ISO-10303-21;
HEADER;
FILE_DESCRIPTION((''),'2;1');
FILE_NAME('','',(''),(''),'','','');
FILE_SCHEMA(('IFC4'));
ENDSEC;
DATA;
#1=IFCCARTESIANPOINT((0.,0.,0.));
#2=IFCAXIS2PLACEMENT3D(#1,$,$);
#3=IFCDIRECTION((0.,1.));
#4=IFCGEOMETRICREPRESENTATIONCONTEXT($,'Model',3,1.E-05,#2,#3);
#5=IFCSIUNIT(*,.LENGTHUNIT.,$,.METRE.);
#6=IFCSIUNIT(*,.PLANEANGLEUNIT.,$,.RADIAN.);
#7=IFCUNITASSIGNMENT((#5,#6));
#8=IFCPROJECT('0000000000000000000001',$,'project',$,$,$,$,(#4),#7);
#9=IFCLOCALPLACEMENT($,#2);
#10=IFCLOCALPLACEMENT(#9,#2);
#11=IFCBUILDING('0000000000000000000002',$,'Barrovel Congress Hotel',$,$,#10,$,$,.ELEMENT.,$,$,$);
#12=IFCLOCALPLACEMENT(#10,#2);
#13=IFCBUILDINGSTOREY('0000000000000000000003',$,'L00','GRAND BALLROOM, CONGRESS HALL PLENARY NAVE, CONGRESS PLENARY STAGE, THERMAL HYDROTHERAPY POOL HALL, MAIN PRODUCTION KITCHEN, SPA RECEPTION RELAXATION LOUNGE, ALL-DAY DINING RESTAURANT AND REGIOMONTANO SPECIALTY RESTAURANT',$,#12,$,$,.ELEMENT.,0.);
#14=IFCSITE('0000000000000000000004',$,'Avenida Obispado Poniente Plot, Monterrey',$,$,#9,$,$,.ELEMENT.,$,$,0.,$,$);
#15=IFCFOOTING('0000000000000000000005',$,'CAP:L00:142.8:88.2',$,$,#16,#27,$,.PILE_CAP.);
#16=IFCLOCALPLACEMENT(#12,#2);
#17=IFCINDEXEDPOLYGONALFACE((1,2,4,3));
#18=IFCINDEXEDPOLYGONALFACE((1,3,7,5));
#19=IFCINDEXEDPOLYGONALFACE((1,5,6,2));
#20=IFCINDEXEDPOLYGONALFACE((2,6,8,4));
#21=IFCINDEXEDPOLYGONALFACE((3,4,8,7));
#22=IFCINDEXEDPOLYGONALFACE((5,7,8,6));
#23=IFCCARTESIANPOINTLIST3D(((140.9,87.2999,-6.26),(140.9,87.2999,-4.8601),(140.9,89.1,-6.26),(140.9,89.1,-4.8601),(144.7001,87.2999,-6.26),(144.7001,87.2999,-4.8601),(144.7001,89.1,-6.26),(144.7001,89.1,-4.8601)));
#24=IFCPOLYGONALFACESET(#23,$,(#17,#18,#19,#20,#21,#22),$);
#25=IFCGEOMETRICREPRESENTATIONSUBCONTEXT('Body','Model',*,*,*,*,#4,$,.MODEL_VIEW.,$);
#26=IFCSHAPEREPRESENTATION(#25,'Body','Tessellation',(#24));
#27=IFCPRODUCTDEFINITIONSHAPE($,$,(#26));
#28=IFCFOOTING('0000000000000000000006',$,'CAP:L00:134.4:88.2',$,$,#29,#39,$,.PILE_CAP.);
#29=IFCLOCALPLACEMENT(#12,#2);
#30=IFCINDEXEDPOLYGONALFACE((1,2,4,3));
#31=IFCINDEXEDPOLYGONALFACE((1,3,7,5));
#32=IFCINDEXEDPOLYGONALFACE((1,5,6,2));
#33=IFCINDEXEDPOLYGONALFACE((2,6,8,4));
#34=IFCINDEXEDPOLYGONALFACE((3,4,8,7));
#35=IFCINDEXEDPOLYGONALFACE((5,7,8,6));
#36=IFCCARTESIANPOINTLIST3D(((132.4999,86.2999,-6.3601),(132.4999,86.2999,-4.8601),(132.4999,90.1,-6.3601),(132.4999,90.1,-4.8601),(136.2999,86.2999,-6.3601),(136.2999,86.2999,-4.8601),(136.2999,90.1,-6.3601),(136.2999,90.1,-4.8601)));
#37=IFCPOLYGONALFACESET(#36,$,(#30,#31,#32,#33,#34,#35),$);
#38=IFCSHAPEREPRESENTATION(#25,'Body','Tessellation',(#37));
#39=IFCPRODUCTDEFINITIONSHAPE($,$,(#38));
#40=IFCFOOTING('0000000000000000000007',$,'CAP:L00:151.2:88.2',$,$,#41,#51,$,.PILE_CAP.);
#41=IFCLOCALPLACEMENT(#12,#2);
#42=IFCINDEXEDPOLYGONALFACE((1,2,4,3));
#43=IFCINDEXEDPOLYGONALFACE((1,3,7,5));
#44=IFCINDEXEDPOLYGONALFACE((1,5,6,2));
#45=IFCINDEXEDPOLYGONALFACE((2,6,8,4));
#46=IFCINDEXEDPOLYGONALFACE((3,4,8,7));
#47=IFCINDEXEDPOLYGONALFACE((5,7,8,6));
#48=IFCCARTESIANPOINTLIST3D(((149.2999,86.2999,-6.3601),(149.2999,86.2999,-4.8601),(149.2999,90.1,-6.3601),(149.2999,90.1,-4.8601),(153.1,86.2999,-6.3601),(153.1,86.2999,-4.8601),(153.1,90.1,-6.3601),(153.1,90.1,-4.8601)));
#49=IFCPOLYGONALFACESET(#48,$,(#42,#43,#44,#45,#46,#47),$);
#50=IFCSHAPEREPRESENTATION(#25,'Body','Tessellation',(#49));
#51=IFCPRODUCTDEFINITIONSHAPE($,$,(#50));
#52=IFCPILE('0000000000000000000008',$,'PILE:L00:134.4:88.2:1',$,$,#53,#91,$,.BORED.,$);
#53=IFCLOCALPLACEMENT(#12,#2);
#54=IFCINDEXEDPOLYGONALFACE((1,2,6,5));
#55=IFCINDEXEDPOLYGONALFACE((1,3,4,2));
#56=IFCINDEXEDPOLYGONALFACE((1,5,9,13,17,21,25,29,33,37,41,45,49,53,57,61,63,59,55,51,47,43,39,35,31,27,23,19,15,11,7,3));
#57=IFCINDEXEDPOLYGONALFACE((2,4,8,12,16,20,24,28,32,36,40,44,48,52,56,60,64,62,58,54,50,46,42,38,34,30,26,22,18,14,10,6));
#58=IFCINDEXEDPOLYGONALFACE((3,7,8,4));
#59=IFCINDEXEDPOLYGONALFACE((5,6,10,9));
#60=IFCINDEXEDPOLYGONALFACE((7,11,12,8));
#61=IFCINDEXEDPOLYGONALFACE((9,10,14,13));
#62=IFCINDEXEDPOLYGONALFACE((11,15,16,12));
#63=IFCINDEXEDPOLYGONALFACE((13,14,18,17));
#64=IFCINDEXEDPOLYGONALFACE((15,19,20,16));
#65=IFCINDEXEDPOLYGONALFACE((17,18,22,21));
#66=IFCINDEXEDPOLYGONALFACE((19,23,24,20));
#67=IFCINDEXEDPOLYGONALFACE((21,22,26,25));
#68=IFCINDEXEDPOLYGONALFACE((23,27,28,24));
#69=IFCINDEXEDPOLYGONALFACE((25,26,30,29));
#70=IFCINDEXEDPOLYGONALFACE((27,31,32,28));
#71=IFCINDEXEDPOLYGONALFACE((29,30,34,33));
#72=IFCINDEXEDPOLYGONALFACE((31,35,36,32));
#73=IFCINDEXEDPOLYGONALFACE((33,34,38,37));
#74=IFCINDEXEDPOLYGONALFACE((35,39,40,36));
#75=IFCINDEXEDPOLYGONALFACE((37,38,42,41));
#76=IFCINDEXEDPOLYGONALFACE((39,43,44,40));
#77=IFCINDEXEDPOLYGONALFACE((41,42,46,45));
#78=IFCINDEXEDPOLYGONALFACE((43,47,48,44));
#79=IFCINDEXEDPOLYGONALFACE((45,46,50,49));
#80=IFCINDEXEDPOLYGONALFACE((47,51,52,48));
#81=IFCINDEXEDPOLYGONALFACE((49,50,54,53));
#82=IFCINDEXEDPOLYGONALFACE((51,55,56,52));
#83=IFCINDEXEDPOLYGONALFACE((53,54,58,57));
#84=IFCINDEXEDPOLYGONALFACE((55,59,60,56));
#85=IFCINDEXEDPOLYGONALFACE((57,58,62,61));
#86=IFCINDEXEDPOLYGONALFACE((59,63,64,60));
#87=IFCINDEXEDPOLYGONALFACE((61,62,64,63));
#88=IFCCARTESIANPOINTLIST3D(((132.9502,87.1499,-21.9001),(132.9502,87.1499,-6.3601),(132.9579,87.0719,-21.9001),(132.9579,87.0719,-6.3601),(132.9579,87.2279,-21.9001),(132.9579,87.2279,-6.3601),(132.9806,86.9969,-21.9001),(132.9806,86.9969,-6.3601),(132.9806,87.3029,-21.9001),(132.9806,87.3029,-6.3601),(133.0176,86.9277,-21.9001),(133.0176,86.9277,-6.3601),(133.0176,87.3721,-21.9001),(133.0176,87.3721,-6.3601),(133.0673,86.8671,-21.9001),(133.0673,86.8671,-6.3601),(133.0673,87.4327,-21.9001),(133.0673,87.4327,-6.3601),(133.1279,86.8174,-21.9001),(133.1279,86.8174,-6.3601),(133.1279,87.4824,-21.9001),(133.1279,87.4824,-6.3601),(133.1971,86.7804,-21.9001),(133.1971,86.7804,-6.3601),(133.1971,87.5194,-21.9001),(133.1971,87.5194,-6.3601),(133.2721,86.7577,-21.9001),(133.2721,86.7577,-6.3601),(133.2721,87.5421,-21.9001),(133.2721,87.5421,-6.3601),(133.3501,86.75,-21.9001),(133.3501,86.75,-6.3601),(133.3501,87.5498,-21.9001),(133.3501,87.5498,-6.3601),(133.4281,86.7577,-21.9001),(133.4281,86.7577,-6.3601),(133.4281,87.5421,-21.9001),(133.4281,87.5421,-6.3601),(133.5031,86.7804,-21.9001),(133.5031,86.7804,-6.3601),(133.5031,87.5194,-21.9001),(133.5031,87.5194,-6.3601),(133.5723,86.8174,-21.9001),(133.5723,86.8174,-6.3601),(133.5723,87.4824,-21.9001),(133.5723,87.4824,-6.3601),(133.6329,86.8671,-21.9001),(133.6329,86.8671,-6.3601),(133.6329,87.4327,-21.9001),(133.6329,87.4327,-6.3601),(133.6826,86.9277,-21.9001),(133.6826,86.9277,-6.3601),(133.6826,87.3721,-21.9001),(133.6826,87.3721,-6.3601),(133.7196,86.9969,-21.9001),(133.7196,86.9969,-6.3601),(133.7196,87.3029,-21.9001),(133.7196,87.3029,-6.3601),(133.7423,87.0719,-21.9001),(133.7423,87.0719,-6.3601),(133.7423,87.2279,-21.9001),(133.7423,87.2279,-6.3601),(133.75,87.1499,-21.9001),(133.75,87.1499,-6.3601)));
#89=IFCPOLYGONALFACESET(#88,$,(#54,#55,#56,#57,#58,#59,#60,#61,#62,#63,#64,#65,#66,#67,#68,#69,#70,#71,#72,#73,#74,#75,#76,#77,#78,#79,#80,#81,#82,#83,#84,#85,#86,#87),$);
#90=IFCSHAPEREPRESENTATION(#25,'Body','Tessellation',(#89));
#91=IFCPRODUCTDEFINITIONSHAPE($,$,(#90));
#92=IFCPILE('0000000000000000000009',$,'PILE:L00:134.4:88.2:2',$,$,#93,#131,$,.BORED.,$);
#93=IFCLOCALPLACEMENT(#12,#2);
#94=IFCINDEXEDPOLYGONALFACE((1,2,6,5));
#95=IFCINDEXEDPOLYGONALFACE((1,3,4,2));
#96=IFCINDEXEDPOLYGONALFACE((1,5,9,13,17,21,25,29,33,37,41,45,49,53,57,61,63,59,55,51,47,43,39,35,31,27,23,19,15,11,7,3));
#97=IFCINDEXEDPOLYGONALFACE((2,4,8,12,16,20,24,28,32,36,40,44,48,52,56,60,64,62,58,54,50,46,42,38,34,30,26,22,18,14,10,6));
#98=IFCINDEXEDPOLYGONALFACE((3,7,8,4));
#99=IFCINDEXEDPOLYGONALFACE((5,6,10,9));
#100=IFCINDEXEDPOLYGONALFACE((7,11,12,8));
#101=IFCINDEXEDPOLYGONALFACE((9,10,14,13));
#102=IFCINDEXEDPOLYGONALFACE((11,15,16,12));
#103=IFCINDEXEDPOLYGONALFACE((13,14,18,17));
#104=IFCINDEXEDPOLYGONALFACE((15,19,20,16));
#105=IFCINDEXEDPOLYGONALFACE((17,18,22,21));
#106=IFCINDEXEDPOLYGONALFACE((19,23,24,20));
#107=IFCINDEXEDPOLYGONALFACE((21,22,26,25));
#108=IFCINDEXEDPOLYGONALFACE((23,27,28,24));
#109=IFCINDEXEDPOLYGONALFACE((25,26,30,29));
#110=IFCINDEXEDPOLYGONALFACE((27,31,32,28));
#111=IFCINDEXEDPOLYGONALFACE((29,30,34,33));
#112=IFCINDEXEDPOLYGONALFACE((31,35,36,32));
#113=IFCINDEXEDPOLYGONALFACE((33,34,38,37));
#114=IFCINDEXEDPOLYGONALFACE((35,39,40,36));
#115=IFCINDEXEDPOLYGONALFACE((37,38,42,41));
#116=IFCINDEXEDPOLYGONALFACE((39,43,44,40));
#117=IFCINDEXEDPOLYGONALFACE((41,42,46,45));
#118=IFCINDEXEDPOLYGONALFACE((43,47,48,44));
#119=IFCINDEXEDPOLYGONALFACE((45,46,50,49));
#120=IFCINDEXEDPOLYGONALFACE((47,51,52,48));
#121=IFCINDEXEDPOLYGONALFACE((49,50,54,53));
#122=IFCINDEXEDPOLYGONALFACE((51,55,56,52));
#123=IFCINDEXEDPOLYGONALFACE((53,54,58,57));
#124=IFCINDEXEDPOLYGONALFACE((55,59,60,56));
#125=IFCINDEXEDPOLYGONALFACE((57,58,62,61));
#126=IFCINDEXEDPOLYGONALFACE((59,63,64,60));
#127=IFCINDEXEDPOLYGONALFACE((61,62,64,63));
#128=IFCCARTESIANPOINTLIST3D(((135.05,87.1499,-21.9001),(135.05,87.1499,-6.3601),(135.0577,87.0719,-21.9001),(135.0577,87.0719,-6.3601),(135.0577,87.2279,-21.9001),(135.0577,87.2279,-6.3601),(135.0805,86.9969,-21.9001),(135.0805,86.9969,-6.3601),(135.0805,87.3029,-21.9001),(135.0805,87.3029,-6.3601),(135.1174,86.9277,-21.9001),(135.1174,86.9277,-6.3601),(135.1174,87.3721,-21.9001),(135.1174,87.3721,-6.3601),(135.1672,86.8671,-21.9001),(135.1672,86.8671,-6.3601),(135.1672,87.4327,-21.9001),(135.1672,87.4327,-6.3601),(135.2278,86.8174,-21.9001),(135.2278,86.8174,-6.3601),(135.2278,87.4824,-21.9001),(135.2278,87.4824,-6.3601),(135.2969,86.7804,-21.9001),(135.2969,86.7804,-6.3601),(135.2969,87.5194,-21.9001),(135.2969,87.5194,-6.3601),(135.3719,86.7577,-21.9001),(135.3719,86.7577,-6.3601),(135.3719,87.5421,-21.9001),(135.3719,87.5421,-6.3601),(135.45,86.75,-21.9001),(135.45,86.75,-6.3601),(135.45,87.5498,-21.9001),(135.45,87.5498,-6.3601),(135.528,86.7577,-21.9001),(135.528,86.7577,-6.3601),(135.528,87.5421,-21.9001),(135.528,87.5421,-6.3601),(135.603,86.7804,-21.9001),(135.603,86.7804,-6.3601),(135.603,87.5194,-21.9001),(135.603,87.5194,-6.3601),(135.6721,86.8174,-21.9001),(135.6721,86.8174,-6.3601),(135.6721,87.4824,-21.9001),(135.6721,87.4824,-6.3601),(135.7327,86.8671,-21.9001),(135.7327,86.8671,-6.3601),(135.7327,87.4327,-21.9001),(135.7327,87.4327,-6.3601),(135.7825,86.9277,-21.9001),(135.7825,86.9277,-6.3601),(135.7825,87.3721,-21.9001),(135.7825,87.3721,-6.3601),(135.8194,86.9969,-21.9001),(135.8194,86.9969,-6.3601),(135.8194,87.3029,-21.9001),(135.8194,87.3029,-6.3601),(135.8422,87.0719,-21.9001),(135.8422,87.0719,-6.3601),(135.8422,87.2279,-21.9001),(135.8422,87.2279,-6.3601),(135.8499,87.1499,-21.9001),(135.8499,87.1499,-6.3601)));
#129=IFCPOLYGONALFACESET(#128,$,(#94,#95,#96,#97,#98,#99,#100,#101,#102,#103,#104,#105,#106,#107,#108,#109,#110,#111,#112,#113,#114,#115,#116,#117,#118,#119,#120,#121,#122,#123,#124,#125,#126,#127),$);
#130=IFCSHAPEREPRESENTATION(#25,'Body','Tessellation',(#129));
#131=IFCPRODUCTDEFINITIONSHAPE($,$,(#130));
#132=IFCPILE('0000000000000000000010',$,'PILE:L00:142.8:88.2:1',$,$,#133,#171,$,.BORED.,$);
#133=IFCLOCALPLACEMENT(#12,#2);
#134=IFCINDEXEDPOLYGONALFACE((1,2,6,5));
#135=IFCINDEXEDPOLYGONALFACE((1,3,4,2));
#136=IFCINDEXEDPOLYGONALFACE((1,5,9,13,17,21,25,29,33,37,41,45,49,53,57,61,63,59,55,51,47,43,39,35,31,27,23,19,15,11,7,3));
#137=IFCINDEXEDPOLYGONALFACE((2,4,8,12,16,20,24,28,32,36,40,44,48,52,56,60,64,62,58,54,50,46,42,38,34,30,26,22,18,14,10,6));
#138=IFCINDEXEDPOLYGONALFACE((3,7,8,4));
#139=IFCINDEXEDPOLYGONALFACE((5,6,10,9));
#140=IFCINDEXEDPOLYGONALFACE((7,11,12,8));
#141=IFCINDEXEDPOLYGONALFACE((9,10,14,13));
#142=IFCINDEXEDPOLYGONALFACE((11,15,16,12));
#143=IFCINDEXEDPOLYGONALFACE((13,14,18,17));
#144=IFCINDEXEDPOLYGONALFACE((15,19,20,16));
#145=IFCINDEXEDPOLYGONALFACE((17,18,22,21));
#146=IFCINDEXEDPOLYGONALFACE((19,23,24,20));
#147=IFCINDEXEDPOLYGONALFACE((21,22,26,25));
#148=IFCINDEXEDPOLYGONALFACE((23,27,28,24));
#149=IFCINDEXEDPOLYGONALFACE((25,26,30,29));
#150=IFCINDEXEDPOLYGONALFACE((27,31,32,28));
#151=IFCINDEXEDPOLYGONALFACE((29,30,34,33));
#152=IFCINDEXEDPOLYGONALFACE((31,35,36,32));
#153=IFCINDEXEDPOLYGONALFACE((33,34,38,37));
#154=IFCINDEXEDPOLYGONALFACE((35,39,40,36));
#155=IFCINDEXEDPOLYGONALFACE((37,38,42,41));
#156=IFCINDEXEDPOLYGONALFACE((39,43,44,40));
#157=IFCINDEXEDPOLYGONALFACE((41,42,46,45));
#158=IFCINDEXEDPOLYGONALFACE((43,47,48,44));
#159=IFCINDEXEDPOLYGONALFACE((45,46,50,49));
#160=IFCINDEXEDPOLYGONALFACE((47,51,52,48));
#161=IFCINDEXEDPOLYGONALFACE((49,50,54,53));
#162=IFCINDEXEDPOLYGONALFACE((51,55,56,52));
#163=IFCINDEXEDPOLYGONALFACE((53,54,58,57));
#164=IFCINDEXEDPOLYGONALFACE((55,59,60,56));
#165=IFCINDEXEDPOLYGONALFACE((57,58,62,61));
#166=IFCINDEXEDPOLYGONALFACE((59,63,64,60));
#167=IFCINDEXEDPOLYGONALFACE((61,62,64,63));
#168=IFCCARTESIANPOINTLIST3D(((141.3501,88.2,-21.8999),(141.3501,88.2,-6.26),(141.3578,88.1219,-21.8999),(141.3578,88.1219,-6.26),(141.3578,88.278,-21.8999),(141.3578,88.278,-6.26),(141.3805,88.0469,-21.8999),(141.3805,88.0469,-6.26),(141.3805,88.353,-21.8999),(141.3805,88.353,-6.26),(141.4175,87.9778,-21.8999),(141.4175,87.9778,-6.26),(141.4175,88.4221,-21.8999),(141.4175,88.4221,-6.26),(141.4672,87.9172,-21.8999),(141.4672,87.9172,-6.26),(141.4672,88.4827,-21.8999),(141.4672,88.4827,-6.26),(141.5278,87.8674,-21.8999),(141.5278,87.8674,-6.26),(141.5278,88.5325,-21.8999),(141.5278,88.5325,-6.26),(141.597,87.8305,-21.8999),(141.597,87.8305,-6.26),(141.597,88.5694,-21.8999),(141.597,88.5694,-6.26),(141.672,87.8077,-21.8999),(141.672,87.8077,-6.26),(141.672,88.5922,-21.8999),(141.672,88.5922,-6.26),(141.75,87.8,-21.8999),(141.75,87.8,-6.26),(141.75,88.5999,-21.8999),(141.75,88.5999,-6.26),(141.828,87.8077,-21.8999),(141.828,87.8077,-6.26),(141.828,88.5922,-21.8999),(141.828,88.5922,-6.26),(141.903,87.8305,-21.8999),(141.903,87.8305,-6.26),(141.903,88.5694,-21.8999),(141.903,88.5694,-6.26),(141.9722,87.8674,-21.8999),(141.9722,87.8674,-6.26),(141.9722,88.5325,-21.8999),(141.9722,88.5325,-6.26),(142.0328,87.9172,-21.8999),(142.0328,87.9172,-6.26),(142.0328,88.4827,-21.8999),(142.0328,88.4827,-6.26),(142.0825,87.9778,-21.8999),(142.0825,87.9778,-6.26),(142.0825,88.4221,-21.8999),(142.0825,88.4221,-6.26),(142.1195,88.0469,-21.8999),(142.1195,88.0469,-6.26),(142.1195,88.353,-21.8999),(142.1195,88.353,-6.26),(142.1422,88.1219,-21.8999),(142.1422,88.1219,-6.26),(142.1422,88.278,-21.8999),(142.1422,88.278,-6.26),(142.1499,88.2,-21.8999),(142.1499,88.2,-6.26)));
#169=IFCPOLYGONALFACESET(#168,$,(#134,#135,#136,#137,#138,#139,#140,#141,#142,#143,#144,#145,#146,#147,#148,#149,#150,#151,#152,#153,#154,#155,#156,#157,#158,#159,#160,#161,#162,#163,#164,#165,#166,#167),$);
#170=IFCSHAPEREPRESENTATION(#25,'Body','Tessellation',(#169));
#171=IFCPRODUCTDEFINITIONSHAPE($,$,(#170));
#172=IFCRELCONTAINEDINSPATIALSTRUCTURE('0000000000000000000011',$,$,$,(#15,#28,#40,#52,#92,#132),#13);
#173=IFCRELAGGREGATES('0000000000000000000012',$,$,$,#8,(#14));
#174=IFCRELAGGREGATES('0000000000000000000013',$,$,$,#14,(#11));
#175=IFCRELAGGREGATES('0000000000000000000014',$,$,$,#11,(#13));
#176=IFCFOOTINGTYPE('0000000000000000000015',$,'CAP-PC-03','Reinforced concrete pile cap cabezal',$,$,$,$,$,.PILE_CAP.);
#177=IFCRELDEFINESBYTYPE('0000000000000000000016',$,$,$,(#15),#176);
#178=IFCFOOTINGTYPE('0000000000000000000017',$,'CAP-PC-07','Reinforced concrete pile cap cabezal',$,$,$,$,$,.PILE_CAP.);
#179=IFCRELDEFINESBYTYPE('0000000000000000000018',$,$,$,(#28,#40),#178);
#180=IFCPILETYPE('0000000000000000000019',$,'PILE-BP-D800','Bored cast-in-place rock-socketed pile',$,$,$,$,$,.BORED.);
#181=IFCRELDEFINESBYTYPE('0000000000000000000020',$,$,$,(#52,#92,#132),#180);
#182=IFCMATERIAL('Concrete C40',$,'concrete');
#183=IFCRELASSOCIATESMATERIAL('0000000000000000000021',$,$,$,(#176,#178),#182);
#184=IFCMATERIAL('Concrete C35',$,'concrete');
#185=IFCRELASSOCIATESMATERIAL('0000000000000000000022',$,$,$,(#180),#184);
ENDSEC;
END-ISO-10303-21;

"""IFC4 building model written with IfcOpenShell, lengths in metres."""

from ifc_helpers import new_model, si_unit, direction, frame, origin, origin_2d, place, context, subcontext, project, spatial, rectangle, circle, extrude, material, material_profile, profile_set, type_object, element, save


model = new_model("IFC4")

# Units and contexts
model_context = context("Model", 3, precision=1e-05, world=origin(), true_north=direction((0.0, 1.0)))
body_context = subcontext(model_context, "Body", "Model", "MODEL_VIEW")
ifc_project = project(units=[si_unit("LENGTHUNIT", "METRE"), si_unit("PLANEANGLEUNIT", "RADIAN")], contexts=[model_context])

# Site, building, storey
site_placement = place(None, origin())
site = spatial("IfcSite", under=ifc_project, at=site_placement, Name="Avenida Obispado Poniente Plot, Monterrey", CompositionType="ELEMENT", RefElevation=0.0)
building_placement = place(site_placement, origin())
building = spatial("IfcBuilding", under=site, at=building_placement, Name="Barrovel Congress Hotel", CompositionType="ELEMENT")
storey_placement = place(building_placement, origin())
storey = spatial("IfcBuildingStorey", under=building, at=storey_placement, Name="L00", Description="GRAND BALLROOM, CONGRESS HALL PLENARY NAVE, CONGRESS PLENARY STAGE, THERMAL HYDROTHERAPY POOL HALL, MAIN PRODUCTION KITCHEN, SPA RECEPTION RELAXATION LOUNGE, ALL-DAY DINING RESTAURANT AND REGIOMONTANO SPECIALTY RESTAURANT", CompositionType="ELEMENT", Elevation=0.0)

# Footings
ifc_material_1 = material(Name="Concrete C40", Category="concrete")
footing_type_1 = type_object("IfcFootingType", Name="CAP-PC-03", Description="Reinforced concrete pile cap cabezal", PredefinedType="PILE_CAP", material=ifc_material_1)
footing_placement = place(storey_placement, frame((142.8, 88.2, -6.26), z_axis=(0.0, 0.0, 1.0), x_axis=(1.0, 0.0, 0.0)))
element("IfcFooting", 1, at=footing_placement, inside=storey, type_object=footing_type_1, Name="CAP:L00:142.8:88.2", PredefinedType="PILE_CAP", context=body_context, shape_type="SweptSolid", body=[
    extrude(rectangle(XDim=3.8, YDim=1.8, at=origin_2d()), origin(), (0.0, 0.0, 1.0), 1.3999),
])
footing_type_2 = type_object("IfcFootingType", Name="CAP-PC-07", Description="Reinforced concrete pile cap cabezal", PredefinedType="PILE_CAP", material=ifc_material_1)
for number, where, z_axis, x_axis, name in (
    (2, (134.3999, 88.2, -6.3601), (0.0, 0.0, 1.0), (1.0, 0.0, 0.0), "CAP:L00:134.4:88.2"),
    (3, (151.2, 88.2, -6.3601), (0.0, 0.0, 1.0), (1.0, 0.0, 0.0), "CAP:L00:151.2:88.2"),
):
    element("IfcFooting", number, at=place(storey_placement, frame(where, z_axis=z_axis, x_axis=x_axis)), inside=storey, type_object=footing_type_2, Name=name, PredefinedType="PILE_CAP", context=body_context, shape_type="SweptSolid", body=[
        extrude(rectangle(XDim=3.8, YDim=3.8, at=origin_2d()), origin(), (0.0, 0.0, 1.0), 1.5),
    ])

# Piles
ifc_material_2 = material(Name="Concrete C35", Category="concrete")
ifc_material_profile_1 = material_profile(ifc_material_2, circle(Radius=0.3999, at=origin_2d()), Name="BP-D800")
ifc_profile_set_1 = profile_set([ifc_material_profile_1], Name="Concrete C35")
pile_type = type_object("IfcPileType", Name="PILE-BP-D800", Description="Bored cast-in-place rock-socketed pile", PredefinedType="BORED", material=ifc_profile_set_1)
for number, where, z_axis, x_axis, name in (
    (4, (133.3501, 87.1499, -6.3601), (0.0, 0.0, -1.0), (1.0, 0.0, 0.0), "PILE:L00:134.4:88.2:1"),
    (5, (135.45, 87.1499, -6.3601), (0.0, 0.0, -1.0), (1.0, 0.0, 0.0), "PILE:L00:134.4:88.2:2"),
):
    element("IfcPile", number, at=place(storey_placement, frame(where, z_axis=z_axis, x_axis=x_axis)), inside=storey, type_object=pile_type, Name=name, PredefinedType="BORED", context=body_context, shape_type="SweptSolid", body=[
        extrude(circle(Radius=0.3999, at=origin_2d()), origin(), (0.0, 0.0, 1.0), 15.54),
    ])
for number, where, z_axis, x_axis, name in (
    (6, (141.75, 88.2, -6.26), (0.0, 0.0, -1.0), (1.0, 0.0, 0.0), "PILE:L00:142.8:88.2:1"),
):
    element("IfcPile", number, at=place(storey_placement, frame(where, z_axis=z_axis, x_axis=x_axis)), inside=storey, type_object=pile_type, Name=name, PredefinedType="BORED", context=body_context, shape_type="SweptSolid", body=[
        extrude(circle(Radius=0.3999, at=origin_2d()), origin(), (0.0, 0.0, 1.0), 15.6399),
    ])

save(model, "model.ifc")
